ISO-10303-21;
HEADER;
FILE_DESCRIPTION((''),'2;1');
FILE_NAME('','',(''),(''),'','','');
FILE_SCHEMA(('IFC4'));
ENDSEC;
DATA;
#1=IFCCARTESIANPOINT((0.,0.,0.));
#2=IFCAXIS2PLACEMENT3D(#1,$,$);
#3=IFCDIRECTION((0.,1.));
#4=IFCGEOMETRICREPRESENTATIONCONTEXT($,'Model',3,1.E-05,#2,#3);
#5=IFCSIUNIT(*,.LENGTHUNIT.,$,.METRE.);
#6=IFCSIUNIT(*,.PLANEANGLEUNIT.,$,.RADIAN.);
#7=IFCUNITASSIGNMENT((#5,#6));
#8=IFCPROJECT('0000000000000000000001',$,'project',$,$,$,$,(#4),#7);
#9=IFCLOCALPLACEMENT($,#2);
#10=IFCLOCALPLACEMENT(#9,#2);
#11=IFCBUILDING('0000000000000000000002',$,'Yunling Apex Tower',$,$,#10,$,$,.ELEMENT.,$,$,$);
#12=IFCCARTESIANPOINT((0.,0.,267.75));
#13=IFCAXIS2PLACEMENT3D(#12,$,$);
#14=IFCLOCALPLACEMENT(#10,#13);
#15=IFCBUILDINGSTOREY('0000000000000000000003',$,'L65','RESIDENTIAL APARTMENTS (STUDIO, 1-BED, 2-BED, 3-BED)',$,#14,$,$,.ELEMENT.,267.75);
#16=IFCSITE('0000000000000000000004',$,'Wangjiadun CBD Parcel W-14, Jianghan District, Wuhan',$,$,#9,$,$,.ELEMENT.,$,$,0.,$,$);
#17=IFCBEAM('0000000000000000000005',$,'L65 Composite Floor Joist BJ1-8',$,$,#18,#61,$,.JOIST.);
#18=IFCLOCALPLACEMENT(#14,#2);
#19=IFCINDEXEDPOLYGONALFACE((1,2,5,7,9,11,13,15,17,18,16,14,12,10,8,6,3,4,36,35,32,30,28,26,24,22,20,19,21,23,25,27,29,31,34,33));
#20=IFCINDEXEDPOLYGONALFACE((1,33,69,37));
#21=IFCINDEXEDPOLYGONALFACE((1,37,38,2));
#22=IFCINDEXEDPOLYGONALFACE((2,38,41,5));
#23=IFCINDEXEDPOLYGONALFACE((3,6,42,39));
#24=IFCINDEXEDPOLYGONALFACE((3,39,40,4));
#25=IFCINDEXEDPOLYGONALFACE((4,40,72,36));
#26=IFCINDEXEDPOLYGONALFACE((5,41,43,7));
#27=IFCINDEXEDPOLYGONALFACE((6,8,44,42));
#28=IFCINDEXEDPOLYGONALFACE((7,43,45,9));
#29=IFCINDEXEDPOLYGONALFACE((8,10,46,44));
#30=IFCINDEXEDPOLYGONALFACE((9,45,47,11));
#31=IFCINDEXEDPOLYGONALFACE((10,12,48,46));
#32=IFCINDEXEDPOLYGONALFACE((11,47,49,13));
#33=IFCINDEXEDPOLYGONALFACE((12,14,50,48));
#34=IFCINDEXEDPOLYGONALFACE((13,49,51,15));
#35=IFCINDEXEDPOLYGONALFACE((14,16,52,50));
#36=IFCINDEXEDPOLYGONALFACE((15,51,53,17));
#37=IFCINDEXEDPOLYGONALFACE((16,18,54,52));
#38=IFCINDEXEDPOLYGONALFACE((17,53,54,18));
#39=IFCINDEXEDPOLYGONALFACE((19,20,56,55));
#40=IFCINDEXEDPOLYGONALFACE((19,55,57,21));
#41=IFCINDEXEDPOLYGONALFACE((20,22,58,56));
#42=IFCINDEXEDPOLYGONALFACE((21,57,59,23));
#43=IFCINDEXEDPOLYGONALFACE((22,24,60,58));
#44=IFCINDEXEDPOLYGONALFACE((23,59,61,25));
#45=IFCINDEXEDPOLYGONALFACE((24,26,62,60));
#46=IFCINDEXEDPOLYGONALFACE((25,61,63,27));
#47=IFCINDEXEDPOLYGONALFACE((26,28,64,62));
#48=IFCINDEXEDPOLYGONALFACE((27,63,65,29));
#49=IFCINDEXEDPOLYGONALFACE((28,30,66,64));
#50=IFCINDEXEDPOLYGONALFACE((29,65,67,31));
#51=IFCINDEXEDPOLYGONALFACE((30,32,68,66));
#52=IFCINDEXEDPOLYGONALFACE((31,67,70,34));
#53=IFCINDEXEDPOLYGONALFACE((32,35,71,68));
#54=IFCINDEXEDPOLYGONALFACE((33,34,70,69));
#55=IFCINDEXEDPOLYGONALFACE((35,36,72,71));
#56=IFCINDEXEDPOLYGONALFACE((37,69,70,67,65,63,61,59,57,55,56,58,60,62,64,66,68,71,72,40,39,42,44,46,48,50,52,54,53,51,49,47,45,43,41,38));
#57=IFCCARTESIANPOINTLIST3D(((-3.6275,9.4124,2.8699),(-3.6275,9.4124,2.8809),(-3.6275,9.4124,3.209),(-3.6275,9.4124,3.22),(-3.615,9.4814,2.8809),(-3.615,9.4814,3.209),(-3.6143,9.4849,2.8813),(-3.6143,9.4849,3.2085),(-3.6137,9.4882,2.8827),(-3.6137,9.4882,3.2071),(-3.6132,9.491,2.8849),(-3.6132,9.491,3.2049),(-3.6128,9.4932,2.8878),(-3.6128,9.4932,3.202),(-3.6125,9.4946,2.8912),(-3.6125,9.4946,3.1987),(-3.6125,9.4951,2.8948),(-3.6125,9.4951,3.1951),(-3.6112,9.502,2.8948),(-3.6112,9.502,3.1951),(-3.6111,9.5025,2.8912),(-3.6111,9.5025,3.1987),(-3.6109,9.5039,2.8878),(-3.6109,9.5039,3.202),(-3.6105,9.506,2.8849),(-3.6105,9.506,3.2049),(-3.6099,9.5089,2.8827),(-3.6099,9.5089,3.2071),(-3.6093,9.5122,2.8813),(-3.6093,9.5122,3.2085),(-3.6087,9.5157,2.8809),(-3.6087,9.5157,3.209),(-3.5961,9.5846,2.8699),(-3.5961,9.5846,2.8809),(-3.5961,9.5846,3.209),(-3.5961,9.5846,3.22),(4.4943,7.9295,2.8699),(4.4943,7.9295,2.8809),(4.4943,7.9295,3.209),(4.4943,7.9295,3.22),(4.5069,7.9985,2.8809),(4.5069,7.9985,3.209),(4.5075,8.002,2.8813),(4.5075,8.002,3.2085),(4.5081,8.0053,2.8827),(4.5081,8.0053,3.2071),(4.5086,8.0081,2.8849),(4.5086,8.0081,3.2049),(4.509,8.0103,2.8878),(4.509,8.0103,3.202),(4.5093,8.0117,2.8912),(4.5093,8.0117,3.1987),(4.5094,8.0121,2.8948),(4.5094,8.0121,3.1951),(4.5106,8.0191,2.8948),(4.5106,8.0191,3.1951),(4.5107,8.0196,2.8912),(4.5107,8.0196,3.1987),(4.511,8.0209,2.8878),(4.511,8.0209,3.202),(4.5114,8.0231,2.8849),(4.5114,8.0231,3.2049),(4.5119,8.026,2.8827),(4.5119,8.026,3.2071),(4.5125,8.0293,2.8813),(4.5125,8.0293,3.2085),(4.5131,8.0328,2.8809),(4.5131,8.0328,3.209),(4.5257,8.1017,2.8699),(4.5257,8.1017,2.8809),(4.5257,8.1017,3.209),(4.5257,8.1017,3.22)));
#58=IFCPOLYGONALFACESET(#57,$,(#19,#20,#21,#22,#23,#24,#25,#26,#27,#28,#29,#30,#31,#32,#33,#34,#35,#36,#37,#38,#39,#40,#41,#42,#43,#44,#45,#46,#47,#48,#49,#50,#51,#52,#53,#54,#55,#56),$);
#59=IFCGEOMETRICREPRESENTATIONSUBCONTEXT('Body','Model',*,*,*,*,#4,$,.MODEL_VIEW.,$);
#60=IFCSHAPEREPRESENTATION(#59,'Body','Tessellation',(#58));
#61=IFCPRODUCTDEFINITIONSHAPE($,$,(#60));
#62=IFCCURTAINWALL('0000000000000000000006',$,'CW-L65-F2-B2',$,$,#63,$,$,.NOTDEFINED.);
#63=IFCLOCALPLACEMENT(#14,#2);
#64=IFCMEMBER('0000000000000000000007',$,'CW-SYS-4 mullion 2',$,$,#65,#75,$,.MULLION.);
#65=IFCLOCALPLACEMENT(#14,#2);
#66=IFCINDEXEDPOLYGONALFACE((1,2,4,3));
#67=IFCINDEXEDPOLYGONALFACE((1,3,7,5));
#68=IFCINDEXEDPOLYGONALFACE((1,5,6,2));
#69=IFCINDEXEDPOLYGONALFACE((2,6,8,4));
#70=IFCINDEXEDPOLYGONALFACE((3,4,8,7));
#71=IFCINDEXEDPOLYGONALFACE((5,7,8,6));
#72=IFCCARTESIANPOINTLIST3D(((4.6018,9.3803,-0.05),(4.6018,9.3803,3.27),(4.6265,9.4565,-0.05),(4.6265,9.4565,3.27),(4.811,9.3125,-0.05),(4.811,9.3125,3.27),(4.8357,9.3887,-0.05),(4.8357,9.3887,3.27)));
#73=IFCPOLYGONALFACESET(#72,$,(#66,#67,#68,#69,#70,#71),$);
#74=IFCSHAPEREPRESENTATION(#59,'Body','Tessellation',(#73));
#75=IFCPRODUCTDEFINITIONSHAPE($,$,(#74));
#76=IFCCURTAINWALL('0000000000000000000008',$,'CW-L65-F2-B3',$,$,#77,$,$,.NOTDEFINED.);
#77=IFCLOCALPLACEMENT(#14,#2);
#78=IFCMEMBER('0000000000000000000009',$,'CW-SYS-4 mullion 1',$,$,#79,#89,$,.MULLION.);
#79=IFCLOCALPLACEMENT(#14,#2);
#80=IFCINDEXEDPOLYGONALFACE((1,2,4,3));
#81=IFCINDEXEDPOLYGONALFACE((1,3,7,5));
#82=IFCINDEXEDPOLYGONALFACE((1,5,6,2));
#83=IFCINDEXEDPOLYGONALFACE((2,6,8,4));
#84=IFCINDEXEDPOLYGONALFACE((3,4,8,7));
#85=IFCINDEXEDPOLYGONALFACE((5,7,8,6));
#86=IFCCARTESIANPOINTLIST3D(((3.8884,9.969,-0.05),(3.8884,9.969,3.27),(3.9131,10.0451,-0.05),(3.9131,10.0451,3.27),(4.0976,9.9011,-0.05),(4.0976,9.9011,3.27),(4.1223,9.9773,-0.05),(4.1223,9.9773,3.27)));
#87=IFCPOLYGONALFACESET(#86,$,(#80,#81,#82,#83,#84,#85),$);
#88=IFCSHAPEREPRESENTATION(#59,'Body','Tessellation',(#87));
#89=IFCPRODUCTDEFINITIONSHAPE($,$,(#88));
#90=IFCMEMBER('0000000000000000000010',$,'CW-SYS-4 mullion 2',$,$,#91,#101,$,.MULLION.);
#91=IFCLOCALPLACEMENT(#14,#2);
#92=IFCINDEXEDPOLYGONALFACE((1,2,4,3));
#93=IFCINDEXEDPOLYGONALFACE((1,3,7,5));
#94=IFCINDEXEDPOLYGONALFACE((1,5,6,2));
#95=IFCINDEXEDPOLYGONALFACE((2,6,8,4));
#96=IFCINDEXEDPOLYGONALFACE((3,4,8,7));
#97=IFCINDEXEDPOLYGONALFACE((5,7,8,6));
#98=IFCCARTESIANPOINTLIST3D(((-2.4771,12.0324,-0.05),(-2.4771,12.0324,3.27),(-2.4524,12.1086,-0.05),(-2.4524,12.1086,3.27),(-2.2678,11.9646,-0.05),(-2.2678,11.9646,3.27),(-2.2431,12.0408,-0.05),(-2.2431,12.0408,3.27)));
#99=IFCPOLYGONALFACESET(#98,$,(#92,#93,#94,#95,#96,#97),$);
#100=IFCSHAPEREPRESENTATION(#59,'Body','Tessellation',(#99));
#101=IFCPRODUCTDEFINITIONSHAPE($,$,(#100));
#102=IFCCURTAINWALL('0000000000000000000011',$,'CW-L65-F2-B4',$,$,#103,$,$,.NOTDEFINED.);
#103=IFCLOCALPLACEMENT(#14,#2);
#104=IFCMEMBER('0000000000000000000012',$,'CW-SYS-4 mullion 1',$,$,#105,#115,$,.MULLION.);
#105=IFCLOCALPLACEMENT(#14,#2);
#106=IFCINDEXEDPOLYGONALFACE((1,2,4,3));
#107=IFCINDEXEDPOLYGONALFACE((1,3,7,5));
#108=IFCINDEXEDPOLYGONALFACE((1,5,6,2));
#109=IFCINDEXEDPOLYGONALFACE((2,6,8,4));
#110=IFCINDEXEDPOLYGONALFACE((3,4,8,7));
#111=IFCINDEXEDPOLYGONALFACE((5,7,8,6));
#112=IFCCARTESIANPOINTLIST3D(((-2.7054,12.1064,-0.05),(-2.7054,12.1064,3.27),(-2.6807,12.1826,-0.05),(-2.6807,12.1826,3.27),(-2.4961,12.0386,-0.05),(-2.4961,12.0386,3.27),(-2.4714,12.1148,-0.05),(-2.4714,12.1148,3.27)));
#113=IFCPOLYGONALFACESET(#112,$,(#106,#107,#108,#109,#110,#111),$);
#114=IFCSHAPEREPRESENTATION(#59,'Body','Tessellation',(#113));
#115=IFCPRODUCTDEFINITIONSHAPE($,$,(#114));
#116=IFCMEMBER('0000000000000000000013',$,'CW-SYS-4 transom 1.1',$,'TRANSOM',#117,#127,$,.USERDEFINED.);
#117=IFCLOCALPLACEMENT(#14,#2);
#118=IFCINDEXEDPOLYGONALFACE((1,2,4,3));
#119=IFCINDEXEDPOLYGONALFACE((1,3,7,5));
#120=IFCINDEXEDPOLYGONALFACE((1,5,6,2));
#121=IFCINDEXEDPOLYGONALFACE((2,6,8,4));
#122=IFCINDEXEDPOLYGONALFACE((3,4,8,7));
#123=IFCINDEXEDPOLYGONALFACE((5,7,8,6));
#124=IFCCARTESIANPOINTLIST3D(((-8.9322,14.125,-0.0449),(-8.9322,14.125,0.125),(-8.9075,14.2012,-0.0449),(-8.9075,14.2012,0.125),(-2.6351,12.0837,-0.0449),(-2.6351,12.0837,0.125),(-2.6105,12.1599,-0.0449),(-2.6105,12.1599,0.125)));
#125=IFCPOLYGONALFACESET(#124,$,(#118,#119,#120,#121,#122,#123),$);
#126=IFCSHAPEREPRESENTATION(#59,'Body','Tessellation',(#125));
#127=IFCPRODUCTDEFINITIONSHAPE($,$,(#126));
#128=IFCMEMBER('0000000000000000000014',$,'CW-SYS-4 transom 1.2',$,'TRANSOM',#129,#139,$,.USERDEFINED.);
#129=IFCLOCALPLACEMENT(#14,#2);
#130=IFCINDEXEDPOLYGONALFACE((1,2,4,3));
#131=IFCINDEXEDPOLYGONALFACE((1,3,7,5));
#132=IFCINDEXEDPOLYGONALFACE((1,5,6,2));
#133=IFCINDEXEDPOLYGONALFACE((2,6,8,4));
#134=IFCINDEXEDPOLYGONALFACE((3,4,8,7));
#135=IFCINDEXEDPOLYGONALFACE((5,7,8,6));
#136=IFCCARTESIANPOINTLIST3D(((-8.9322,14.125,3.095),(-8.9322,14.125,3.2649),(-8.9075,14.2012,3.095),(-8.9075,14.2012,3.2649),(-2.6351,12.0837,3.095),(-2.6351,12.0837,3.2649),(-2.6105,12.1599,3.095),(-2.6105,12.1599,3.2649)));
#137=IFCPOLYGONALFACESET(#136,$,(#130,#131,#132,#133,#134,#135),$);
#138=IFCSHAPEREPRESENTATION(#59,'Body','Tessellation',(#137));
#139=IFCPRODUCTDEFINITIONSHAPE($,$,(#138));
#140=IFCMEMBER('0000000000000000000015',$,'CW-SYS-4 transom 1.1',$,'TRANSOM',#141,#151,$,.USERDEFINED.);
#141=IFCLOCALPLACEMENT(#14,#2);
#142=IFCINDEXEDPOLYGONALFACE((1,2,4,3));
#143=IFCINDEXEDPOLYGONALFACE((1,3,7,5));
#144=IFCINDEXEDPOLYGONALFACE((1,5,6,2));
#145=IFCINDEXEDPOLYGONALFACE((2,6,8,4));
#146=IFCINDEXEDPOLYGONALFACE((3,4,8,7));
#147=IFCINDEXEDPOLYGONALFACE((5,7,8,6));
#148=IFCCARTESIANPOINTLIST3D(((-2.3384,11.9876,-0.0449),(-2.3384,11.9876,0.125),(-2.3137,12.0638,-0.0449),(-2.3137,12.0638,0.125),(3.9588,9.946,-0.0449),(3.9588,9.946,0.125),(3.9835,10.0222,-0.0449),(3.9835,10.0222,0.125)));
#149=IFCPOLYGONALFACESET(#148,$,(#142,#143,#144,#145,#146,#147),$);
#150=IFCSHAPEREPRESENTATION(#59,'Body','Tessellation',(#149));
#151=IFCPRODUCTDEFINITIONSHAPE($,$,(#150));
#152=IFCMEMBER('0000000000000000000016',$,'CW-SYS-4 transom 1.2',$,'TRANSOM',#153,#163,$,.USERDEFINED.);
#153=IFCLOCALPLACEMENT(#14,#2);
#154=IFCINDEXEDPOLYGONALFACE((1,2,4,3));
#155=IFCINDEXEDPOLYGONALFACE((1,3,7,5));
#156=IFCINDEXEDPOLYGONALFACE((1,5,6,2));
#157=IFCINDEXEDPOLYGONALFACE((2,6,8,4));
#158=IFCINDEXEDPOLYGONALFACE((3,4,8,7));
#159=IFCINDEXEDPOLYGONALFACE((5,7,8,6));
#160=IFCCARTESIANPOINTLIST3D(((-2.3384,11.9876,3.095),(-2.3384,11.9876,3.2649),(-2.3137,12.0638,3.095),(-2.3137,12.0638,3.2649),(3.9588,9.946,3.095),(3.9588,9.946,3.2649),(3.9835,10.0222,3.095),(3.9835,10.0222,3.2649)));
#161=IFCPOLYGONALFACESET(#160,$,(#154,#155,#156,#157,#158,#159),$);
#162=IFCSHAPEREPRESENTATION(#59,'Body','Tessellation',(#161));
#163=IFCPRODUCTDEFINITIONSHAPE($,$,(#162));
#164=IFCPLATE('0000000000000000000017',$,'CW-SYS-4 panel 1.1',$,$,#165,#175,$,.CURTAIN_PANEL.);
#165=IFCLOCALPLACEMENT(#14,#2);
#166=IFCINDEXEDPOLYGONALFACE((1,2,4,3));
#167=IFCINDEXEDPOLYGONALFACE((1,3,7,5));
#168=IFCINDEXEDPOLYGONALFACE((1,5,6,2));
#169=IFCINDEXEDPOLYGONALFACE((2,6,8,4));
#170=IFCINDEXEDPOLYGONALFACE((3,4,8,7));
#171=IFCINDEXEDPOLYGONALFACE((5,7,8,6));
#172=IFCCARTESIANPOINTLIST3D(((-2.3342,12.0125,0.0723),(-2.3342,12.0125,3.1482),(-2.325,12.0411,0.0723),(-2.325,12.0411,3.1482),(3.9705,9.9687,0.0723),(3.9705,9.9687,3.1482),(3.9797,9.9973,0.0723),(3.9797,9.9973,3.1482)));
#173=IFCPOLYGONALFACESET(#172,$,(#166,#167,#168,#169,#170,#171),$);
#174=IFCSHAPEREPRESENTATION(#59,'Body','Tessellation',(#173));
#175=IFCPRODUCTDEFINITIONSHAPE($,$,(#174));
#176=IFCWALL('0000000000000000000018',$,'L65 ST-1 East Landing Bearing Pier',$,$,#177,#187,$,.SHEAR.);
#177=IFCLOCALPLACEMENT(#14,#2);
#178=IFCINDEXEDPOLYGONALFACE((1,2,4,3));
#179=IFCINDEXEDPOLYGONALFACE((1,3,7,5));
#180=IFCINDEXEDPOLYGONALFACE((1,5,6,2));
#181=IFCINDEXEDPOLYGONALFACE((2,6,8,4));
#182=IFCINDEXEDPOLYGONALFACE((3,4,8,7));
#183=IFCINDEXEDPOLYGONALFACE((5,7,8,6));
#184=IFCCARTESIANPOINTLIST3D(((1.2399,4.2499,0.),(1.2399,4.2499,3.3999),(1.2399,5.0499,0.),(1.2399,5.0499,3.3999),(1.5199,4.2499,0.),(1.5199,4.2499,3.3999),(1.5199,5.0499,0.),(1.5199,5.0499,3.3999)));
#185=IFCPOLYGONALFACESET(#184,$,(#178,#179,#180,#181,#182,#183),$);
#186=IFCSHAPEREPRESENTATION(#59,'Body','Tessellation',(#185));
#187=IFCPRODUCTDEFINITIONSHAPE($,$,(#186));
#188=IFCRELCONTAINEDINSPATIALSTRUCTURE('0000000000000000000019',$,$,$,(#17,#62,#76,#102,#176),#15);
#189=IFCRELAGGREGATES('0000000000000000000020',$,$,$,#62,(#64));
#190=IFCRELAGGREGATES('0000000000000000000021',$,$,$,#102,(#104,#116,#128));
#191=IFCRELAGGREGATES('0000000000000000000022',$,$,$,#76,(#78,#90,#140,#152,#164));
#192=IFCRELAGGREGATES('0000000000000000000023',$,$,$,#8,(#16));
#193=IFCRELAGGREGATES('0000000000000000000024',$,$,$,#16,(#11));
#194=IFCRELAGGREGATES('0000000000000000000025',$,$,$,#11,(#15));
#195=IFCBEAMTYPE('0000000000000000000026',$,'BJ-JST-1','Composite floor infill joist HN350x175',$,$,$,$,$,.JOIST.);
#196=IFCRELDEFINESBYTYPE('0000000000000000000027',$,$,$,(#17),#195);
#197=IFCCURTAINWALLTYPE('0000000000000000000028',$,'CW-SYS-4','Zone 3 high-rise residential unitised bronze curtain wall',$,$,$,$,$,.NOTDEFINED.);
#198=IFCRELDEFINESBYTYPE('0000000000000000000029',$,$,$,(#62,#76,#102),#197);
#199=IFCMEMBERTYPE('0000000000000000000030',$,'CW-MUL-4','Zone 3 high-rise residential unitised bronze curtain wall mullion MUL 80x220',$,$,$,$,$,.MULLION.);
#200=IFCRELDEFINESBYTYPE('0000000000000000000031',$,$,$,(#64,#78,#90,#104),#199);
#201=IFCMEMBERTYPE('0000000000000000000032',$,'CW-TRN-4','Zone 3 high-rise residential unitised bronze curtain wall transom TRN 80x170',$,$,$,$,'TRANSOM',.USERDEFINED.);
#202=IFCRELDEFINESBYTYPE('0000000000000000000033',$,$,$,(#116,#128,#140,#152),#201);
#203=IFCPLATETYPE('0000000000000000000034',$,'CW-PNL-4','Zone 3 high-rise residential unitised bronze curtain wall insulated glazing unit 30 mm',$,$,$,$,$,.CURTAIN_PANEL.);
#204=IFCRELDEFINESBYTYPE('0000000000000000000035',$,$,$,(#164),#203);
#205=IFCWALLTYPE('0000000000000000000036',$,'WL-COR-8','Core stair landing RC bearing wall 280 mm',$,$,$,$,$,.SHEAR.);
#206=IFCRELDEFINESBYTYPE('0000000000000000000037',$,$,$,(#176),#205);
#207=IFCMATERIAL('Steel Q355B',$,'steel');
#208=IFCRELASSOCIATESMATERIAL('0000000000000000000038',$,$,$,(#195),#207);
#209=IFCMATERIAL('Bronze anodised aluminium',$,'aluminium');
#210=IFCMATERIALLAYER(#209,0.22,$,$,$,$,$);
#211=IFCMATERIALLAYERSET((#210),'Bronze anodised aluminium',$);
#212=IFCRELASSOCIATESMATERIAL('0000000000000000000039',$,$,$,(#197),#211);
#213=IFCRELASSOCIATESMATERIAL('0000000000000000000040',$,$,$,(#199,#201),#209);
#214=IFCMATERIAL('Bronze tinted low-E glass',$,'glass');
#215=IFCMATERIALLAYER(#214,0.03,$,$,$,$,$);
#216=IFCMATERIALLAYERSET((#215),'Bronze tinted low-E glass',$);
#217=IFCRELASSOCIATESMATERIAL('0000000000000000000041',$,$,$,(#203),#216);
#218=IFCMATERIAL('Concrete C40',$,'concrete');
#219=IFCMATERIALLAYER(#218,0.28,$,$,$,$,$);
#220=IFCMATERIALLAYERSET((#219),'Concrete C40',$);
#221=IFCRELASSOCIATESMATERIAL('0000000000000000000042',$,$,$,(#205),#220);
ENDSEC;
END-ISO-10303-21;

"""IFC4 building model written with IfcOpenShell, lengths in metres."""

from ifc_helpers import new_model, si_unit, direction, frame, frame_2d, origin, origin_2d, place, context, subcontext, project, spatial, rectangle, i_section, extrude, source, transform, mapped, material, layer, layer_set, material_profile, profile_set, type_object, element, aggregate, save


model = new_model("IFC4")

# Units and contexts
model_context = context("Model", 3, precision=1e-05, world=origin(), true_north=direction((0.0, 1.0)))
body_context = subcontext(model_context, "Body", "Model", "MODEL_VIEW")
ifc_project = project(units=[si_unit("LENGTHUNIT", "METRE"), si_unit("PLANEANGLEUNIT", "RADIAN")], contexts=[model_context])

# Site, building, storey
site_placement = place(None, origin())
site = spatial("IfcSite", under=ifc_project, at=site_placement, Name="Wangjiadun CBD Parcel W-14, Jianghan District, Wuhan", CompositionType="ELEMENT", RefElevation=0.0)
building_placement = place(site_placement, origin())
building = spatial("IfcBuilding", under=site, at=building_placement, Name="Yunling Apex Tower", CompositionType="ELEMENT")
storey_placement = place(building_placement, frame((0.0, 0.0, 267.75)))
storey = spatial("IfcBuildingStorey", under=building, at=storey_placement, Name="L65", Description="RESIDENTIAL APARTMENTS (STUDIO, 1-BED, 2-BED, 3-BED)", CompositionType="ELEMENT", Elevation=267.75)

# Shared definitions
ifc_material_1 = material(Name="Steel Q355B", Category="steel")

# Beam
ifc_material_profile_1 = material_profile(ifc_material_1, i_section(OverallWidth=0.175, OverallDepth=0.3501, WebThickness=0.0071, FlangeThickness=0.011, FilletRadius=0.0139, at=origin_2d()))
ifc_profile_set_1 = profile_set([ifc_material_profile_1], Name="Steel Q355B")
beam_type_1 = type_object("IfcBeamType", Name="BJ-JST-1", Description="Composite floor infill joist HN350x175", PredefinedType="JOIST", material=ifc_profile_set_1)
shared_shape_1 = source(origin(), body_context, "Body", "SweptSolid", [
    extrude(i_section(OverallWidth=0.175, OverallDepth=0.3501, WebThickness=0.0071, FlangeThickness=0.011, FilletRadius=0.0139, at=origin_2d()), origin(), (0.0, 0.0, 1.0), 8.2561),
])
beam_1_placement = place(storey_placement, frame((4.51, 8.0156, 3.0449), z_axis=(-0.983737, 0.179614, 0.0), x_axis=(-0.179614, -0.983737, 0.0)))
element("IfcBeam", 1, at=beam_1_placement, inside=storey, type_object=beam_type_1, Name="L65 Composite Floor Joist BJ1-8", PredefinedType="JOIST", context=body_context, shape_type="MappedRepresentation", body=[
    mapped(shared_shape_1, transform((0.0, 0.0, 0.0), scale=1.0)),
])

# Curtain wall, member
ifc_material_2 = material(Name="Bronze anodised aluminium", Category="aluminium")
ifc_layer_1 = layer(ifc_material_2, 0.22)
ifc_layer_set_1 = layer_set([ifc_layer_1], Name="Bronze anodised aluminium")
curtain_wall_type = type_object("IfcCurtainWallType", Name="CW-SYS-4", Description="Zone 3 high-rise residential unitised bronze curtain wall", PredefinedType="NOTDEFINED", material=ifc_layer_set_1)
curtain_wall_1_placement = place(storey_placement, origin())
curtain_wall_1 = element("IfcCurtainWall", 2, at=curtain_wall_1_placement, inside=storey, type_object=curtain_wall_type, Name="CW-L65-F2-B2", PredefinedType="NOTDEFINED")
ifc_material_profile_2 = material_profile(ifc_material_2, rectangle(XDim=0.0801, YDim=0.22, at=origin_2d()))
ifc_profile_set_2 = profile_set([ifc_material_profile_2], Name="Bronze anodised aluminium")
member_type_1 = type_object("IfcMemberType", Name="CW-MUL-4", Description="Zone 3 high-rise residential unitised bronze curtain wall mullion MUL 80x220", PredefinedType="MULLION", material=ifc_profile_set_2)
shared_shape_2 = source(origin(), body_context, "Body", "SweptSolid", [
    extrude(rectangle(XDim=0.0801, YDim=0.22, at=origin_2d()), origin(), (0.0, 0.0, 1.0), 3.3201),
])
member_1_placement = place(storey_placement, frame((4.7188, 9.3845, -0.05), z_axis=(0.0, 0.0, 1.0), x_axis=(-0.308369, -0.951267, 0.0)))
member_1 = element("IfcMember", 3, at=member_1_placement, type_object=member_type_1, Name="CW-SYS-4 mullion 2", PredefinedType="MULLION", context=body_context, shape_type="MappedRepresentation", body=[
    mapped(shared_shape_2, transform((0.0, 0.0, 0.0), scale=1.0)),
])
aggregate(curtain_wall_1, [member_1])

# Curtain walls, members
curtain_wall_2_placement = place(storey_placement, origin())
curtain_wall_2 = element("IfcCurtainWall", 4, at=curtain_wall_2_placement, inside=storey, type_object=curtain_wall_type, Name="CW-L65-F2-B3", PredefinedType="NOTDEFINED")
member_2_placement = place(storey_placement, frame((4.0054, 9.9731, -0.05), z_axis=(0.0, 0.0, 1.0), x_axis=(-0.308371, -0.951266, 0.0)))
member_2 = element("IfcMember", 5, at=member_2_placement, type_object=member_type_1, Name="CW-SYS-4 mullion 1", PredefinedType="MULLION", context=body_context, shape_type="MappedRepresentation", body=[
    mapped(shared_shape_2, transform((0.0, 0.0, 0.0), scale=1.0)),
])
member_3_placement = place(storey_placement, frame((-2.3601, 12.0366, -0.05), z_axis=(0.0, 0.0, 1.0), x_axis=(-0.308371, -0.951266, 0.0)))
member_3 = element("IfcMember", 6, at=member_3_placement, type_object=member_type_1, Name="CW-SYS-4 mullion 2", PredefinedType="MULLION", context=body_context, shape_type="MappedRepresentation", body=[
    mapped(shared_shape_2, transform((0.0, 0.0, 0.0), scale=1.0)),
])
curtain_wall_3_placement = place(storey_placement, origin())
curtain_wall_3 = element("IfcCurtainWall", 7, at=curtain_wall_3_placement, inside=storey, type_object=curtain_wall_type, Name="CW-L65-F2-B4", PredefinedType="NOTDEFINED")
member_4_placement = place(storey_placement, frame((-2.5884, 12.1106, -0.05), z_axis=(0.0, 0.0, 1.0), x_axis=(-0.308353, -0.951272, 0.0)))
member_4 = element("IfcMember", 8, at=member_4_placement, type_object=member_type_1, Name="CW-SYS-4 mullion 1", PredefinedType="MULLION", context=body_context, shape_type="MappedRepresentation", body=[
    mapped(shared_shape_2, transform((0.0, 0.0, 0.0), scale=1.0)),
])
ifc_material_profile_3 = material_profile(ifc_material_2, rectangle(XDim=0.0801, YDim=0.1699, at=origin_2d()))
ifc_profile_set_3 = profile_set([ifc_material_profile_3], Name="Bronze anodised aluminium")
member_type_2 = type_object("IfcMemberType", Name="CW-TRN-4", Description="Zone 3 high-rise residential unitised bronze curtain wall transom TRN 80x170", ElementType="TRANSOM", PredefinedType="USERDEFINED", material=ifc_profile_set_3)
shared_shape_3 = source(origin(), body_context, "Body", "SweptSolid", [
    extrude(rectangle(XDim=0.0801, YDim=0.1699, at=origin_2d()), origin(), (0.0, 0.0, 1.0), 6.6196),
])
member_5_placement = place(storey_placement, frame((-2.6228, 12.1218, 0.04), z_axis=(-0.951269, 0.308361, 0.0), x_axis=(-0.308361, -0.951269, 0.0)))
member_5 = element("IfcMember", 9, at=member_5_placement, type_object=member_type_2, Name="CW-SYS-4 transom 1.1", ObjectType="TRANSOM", PredefinedType="USERDEFINED", context=body_context, shape_type="MappedRepresentation", body=[
    mapped(shared_shape_3, transform((0.0, 0.0, 0.0), scale=1.0)),
])
member_6_placement = place(storey_placement, frame((-2.6228, 12.1218, 3.1799), z_axis=(-0.951269, 0.308361, 0.0), x_axis=(-0.308361, -0.951269, 0.0)))
member_6 = element("IfcMember", 10, at=member_6_placement, type_object=member_type_2, Name="CW-SYS-4 transom 1.2", ObjectType="TRANSOM", PredefinedType="USERDEFINED", context=body_context, shape_type="MappedRepresentation", body=[
    mapped(shared_shape_3, transform((0.0, 0.0, 0.0), scale=1.0)),
])
aggregate(curtain_wall_3, [member_4, member_5, member_6])

# Members
shared_shape_4 = source(origin(), body_context, "Body", "SweptSolid", [
    extrude(rectangle(XDim=0.0801, YDim=0.1699, at=origin_2d()), origin(), (0.0, 0.0, 1.0), 6.6199),
])
member_7_placement = place(storey_placement, frame((3.9712, 9.9841, 0.04), z_axis=(-0.951258, 0.308395, 0.0), x_axis=(-0.308395, -0.951258, 0.0)))
member_7 = element("IfcMember", 11, at=member_7_placement, type_object=member_type_2, Name="CW-SYS-4 transom 1.1", ObjectType="TRANSOM", PredefinedType="USERDEFINED", context=body_context, shape_type="MappedRepresentation", body=[
    mapped(shared_shape_4, transform((0.0, 0.0, 0.0), scale=1.0)),
])
member_8_placement = place(storey_placement, frame((3.9712, 9.9841, 3.1799), z_axis=(-0.951258, 0.308395, 0.0), x_axis=(-0.308395, -0.951258, 0.0)))
member_8 = element("IfcMember", 12, at=member_8_placement, type_object=member_type_2, Name="CW-SYS-4 transom 1.2", ObjectType="TRANSOM", PredefinedType="USERDEFINED", context=body_context, shape_type="MappedRepresentation", body=[
    mapped(shared_shape_4, transform((0.0, 0.0, 0.0), scale=1.0)),
])

# Plate
ifc_material_3 = material(Name="Bronze tinted low-E glass", Category="glass")
ifc_layer_2 = layer(ifc_material_3, 0.03)
ifc_layer_set_2 = layer_set([ifc_layer_2], Name="Bronze tinted low-E glass")
plate_type = type_object("IfcPlateType", Name="CW-PNL-4", Description="Zone 3 high-rise residential unitised bronze curtain wall insulated glazing unit 30 mm", PredefinedType="CURTAIN_PANEL", material=ifc_layer_set_2)
shared_shape_5 = source(origin(), body_context, "Body", "SweptSolid", [
    extrude(rectangle(XDim=6.6277, YDim=0.03, at=origin_2d()), origin(), (0.0, 0.0, 1.0), 3.0759),
])
plate_placement = place(storey_placement, frame((0.8228, 11.0049, 0.0723), z_axis=(0.0, 0.0, 1.0), x_axis=(-0.951266, 0.308371, 0.0)))
plate = element("IfcPlate", 13, at=plate_placement, type_object=plate_type, Name="CW-SYS-4 panel 1.1", PredefinedType="CURTAIN_PANEL", context=body_context, shape_type="MappedRepresentation", body=[
    mapped(shared_shape_5, transform((0.0, 0.0, 0.0), scale=1.0)),
])
aggregate(curtain_wall_2, [member_2, member_3, member_7, member_8, plate])

# Wall
ifc_material_4 = material(Name="Concrete C40", Category="concrete")
ifc_layer_3 = layer(ifc_material_4, 0.28)
ifc_layer_set_3 = layer_set([ifc_layer_3], Name="Concrete C40")
wall_type_1 = type_object("IfcWallType", Name="WL-COR-8", Description="Core stair landing RC bearing wall 280 mm", PredefinedType="SHEAR", material=ifc_layer_set_3)
wall_1_placement = place(storey_placement, frame((1.3799, 4.25, 0.0), z_axis=(0.0, 0.0, 1.0), x_axis=(0.0, 1.0, 0.0)))
element("IfcWall", 14, at=wall_1_placement, inside=storey, type_object=wall_type_1, Name="L65 ST-1 East Landing Bearing Pier", PredefinedType="SHEAR", context=body_context, shape_type="SweptSolid", body=[
    extrude(rectangle(XDim=0.8, YDim=0.28, at=frame_2d((0.3999, 0.0))), origin(), (0.0, 0.0, 1.0), 3.3999),
])

save(model, "model.ifc")
